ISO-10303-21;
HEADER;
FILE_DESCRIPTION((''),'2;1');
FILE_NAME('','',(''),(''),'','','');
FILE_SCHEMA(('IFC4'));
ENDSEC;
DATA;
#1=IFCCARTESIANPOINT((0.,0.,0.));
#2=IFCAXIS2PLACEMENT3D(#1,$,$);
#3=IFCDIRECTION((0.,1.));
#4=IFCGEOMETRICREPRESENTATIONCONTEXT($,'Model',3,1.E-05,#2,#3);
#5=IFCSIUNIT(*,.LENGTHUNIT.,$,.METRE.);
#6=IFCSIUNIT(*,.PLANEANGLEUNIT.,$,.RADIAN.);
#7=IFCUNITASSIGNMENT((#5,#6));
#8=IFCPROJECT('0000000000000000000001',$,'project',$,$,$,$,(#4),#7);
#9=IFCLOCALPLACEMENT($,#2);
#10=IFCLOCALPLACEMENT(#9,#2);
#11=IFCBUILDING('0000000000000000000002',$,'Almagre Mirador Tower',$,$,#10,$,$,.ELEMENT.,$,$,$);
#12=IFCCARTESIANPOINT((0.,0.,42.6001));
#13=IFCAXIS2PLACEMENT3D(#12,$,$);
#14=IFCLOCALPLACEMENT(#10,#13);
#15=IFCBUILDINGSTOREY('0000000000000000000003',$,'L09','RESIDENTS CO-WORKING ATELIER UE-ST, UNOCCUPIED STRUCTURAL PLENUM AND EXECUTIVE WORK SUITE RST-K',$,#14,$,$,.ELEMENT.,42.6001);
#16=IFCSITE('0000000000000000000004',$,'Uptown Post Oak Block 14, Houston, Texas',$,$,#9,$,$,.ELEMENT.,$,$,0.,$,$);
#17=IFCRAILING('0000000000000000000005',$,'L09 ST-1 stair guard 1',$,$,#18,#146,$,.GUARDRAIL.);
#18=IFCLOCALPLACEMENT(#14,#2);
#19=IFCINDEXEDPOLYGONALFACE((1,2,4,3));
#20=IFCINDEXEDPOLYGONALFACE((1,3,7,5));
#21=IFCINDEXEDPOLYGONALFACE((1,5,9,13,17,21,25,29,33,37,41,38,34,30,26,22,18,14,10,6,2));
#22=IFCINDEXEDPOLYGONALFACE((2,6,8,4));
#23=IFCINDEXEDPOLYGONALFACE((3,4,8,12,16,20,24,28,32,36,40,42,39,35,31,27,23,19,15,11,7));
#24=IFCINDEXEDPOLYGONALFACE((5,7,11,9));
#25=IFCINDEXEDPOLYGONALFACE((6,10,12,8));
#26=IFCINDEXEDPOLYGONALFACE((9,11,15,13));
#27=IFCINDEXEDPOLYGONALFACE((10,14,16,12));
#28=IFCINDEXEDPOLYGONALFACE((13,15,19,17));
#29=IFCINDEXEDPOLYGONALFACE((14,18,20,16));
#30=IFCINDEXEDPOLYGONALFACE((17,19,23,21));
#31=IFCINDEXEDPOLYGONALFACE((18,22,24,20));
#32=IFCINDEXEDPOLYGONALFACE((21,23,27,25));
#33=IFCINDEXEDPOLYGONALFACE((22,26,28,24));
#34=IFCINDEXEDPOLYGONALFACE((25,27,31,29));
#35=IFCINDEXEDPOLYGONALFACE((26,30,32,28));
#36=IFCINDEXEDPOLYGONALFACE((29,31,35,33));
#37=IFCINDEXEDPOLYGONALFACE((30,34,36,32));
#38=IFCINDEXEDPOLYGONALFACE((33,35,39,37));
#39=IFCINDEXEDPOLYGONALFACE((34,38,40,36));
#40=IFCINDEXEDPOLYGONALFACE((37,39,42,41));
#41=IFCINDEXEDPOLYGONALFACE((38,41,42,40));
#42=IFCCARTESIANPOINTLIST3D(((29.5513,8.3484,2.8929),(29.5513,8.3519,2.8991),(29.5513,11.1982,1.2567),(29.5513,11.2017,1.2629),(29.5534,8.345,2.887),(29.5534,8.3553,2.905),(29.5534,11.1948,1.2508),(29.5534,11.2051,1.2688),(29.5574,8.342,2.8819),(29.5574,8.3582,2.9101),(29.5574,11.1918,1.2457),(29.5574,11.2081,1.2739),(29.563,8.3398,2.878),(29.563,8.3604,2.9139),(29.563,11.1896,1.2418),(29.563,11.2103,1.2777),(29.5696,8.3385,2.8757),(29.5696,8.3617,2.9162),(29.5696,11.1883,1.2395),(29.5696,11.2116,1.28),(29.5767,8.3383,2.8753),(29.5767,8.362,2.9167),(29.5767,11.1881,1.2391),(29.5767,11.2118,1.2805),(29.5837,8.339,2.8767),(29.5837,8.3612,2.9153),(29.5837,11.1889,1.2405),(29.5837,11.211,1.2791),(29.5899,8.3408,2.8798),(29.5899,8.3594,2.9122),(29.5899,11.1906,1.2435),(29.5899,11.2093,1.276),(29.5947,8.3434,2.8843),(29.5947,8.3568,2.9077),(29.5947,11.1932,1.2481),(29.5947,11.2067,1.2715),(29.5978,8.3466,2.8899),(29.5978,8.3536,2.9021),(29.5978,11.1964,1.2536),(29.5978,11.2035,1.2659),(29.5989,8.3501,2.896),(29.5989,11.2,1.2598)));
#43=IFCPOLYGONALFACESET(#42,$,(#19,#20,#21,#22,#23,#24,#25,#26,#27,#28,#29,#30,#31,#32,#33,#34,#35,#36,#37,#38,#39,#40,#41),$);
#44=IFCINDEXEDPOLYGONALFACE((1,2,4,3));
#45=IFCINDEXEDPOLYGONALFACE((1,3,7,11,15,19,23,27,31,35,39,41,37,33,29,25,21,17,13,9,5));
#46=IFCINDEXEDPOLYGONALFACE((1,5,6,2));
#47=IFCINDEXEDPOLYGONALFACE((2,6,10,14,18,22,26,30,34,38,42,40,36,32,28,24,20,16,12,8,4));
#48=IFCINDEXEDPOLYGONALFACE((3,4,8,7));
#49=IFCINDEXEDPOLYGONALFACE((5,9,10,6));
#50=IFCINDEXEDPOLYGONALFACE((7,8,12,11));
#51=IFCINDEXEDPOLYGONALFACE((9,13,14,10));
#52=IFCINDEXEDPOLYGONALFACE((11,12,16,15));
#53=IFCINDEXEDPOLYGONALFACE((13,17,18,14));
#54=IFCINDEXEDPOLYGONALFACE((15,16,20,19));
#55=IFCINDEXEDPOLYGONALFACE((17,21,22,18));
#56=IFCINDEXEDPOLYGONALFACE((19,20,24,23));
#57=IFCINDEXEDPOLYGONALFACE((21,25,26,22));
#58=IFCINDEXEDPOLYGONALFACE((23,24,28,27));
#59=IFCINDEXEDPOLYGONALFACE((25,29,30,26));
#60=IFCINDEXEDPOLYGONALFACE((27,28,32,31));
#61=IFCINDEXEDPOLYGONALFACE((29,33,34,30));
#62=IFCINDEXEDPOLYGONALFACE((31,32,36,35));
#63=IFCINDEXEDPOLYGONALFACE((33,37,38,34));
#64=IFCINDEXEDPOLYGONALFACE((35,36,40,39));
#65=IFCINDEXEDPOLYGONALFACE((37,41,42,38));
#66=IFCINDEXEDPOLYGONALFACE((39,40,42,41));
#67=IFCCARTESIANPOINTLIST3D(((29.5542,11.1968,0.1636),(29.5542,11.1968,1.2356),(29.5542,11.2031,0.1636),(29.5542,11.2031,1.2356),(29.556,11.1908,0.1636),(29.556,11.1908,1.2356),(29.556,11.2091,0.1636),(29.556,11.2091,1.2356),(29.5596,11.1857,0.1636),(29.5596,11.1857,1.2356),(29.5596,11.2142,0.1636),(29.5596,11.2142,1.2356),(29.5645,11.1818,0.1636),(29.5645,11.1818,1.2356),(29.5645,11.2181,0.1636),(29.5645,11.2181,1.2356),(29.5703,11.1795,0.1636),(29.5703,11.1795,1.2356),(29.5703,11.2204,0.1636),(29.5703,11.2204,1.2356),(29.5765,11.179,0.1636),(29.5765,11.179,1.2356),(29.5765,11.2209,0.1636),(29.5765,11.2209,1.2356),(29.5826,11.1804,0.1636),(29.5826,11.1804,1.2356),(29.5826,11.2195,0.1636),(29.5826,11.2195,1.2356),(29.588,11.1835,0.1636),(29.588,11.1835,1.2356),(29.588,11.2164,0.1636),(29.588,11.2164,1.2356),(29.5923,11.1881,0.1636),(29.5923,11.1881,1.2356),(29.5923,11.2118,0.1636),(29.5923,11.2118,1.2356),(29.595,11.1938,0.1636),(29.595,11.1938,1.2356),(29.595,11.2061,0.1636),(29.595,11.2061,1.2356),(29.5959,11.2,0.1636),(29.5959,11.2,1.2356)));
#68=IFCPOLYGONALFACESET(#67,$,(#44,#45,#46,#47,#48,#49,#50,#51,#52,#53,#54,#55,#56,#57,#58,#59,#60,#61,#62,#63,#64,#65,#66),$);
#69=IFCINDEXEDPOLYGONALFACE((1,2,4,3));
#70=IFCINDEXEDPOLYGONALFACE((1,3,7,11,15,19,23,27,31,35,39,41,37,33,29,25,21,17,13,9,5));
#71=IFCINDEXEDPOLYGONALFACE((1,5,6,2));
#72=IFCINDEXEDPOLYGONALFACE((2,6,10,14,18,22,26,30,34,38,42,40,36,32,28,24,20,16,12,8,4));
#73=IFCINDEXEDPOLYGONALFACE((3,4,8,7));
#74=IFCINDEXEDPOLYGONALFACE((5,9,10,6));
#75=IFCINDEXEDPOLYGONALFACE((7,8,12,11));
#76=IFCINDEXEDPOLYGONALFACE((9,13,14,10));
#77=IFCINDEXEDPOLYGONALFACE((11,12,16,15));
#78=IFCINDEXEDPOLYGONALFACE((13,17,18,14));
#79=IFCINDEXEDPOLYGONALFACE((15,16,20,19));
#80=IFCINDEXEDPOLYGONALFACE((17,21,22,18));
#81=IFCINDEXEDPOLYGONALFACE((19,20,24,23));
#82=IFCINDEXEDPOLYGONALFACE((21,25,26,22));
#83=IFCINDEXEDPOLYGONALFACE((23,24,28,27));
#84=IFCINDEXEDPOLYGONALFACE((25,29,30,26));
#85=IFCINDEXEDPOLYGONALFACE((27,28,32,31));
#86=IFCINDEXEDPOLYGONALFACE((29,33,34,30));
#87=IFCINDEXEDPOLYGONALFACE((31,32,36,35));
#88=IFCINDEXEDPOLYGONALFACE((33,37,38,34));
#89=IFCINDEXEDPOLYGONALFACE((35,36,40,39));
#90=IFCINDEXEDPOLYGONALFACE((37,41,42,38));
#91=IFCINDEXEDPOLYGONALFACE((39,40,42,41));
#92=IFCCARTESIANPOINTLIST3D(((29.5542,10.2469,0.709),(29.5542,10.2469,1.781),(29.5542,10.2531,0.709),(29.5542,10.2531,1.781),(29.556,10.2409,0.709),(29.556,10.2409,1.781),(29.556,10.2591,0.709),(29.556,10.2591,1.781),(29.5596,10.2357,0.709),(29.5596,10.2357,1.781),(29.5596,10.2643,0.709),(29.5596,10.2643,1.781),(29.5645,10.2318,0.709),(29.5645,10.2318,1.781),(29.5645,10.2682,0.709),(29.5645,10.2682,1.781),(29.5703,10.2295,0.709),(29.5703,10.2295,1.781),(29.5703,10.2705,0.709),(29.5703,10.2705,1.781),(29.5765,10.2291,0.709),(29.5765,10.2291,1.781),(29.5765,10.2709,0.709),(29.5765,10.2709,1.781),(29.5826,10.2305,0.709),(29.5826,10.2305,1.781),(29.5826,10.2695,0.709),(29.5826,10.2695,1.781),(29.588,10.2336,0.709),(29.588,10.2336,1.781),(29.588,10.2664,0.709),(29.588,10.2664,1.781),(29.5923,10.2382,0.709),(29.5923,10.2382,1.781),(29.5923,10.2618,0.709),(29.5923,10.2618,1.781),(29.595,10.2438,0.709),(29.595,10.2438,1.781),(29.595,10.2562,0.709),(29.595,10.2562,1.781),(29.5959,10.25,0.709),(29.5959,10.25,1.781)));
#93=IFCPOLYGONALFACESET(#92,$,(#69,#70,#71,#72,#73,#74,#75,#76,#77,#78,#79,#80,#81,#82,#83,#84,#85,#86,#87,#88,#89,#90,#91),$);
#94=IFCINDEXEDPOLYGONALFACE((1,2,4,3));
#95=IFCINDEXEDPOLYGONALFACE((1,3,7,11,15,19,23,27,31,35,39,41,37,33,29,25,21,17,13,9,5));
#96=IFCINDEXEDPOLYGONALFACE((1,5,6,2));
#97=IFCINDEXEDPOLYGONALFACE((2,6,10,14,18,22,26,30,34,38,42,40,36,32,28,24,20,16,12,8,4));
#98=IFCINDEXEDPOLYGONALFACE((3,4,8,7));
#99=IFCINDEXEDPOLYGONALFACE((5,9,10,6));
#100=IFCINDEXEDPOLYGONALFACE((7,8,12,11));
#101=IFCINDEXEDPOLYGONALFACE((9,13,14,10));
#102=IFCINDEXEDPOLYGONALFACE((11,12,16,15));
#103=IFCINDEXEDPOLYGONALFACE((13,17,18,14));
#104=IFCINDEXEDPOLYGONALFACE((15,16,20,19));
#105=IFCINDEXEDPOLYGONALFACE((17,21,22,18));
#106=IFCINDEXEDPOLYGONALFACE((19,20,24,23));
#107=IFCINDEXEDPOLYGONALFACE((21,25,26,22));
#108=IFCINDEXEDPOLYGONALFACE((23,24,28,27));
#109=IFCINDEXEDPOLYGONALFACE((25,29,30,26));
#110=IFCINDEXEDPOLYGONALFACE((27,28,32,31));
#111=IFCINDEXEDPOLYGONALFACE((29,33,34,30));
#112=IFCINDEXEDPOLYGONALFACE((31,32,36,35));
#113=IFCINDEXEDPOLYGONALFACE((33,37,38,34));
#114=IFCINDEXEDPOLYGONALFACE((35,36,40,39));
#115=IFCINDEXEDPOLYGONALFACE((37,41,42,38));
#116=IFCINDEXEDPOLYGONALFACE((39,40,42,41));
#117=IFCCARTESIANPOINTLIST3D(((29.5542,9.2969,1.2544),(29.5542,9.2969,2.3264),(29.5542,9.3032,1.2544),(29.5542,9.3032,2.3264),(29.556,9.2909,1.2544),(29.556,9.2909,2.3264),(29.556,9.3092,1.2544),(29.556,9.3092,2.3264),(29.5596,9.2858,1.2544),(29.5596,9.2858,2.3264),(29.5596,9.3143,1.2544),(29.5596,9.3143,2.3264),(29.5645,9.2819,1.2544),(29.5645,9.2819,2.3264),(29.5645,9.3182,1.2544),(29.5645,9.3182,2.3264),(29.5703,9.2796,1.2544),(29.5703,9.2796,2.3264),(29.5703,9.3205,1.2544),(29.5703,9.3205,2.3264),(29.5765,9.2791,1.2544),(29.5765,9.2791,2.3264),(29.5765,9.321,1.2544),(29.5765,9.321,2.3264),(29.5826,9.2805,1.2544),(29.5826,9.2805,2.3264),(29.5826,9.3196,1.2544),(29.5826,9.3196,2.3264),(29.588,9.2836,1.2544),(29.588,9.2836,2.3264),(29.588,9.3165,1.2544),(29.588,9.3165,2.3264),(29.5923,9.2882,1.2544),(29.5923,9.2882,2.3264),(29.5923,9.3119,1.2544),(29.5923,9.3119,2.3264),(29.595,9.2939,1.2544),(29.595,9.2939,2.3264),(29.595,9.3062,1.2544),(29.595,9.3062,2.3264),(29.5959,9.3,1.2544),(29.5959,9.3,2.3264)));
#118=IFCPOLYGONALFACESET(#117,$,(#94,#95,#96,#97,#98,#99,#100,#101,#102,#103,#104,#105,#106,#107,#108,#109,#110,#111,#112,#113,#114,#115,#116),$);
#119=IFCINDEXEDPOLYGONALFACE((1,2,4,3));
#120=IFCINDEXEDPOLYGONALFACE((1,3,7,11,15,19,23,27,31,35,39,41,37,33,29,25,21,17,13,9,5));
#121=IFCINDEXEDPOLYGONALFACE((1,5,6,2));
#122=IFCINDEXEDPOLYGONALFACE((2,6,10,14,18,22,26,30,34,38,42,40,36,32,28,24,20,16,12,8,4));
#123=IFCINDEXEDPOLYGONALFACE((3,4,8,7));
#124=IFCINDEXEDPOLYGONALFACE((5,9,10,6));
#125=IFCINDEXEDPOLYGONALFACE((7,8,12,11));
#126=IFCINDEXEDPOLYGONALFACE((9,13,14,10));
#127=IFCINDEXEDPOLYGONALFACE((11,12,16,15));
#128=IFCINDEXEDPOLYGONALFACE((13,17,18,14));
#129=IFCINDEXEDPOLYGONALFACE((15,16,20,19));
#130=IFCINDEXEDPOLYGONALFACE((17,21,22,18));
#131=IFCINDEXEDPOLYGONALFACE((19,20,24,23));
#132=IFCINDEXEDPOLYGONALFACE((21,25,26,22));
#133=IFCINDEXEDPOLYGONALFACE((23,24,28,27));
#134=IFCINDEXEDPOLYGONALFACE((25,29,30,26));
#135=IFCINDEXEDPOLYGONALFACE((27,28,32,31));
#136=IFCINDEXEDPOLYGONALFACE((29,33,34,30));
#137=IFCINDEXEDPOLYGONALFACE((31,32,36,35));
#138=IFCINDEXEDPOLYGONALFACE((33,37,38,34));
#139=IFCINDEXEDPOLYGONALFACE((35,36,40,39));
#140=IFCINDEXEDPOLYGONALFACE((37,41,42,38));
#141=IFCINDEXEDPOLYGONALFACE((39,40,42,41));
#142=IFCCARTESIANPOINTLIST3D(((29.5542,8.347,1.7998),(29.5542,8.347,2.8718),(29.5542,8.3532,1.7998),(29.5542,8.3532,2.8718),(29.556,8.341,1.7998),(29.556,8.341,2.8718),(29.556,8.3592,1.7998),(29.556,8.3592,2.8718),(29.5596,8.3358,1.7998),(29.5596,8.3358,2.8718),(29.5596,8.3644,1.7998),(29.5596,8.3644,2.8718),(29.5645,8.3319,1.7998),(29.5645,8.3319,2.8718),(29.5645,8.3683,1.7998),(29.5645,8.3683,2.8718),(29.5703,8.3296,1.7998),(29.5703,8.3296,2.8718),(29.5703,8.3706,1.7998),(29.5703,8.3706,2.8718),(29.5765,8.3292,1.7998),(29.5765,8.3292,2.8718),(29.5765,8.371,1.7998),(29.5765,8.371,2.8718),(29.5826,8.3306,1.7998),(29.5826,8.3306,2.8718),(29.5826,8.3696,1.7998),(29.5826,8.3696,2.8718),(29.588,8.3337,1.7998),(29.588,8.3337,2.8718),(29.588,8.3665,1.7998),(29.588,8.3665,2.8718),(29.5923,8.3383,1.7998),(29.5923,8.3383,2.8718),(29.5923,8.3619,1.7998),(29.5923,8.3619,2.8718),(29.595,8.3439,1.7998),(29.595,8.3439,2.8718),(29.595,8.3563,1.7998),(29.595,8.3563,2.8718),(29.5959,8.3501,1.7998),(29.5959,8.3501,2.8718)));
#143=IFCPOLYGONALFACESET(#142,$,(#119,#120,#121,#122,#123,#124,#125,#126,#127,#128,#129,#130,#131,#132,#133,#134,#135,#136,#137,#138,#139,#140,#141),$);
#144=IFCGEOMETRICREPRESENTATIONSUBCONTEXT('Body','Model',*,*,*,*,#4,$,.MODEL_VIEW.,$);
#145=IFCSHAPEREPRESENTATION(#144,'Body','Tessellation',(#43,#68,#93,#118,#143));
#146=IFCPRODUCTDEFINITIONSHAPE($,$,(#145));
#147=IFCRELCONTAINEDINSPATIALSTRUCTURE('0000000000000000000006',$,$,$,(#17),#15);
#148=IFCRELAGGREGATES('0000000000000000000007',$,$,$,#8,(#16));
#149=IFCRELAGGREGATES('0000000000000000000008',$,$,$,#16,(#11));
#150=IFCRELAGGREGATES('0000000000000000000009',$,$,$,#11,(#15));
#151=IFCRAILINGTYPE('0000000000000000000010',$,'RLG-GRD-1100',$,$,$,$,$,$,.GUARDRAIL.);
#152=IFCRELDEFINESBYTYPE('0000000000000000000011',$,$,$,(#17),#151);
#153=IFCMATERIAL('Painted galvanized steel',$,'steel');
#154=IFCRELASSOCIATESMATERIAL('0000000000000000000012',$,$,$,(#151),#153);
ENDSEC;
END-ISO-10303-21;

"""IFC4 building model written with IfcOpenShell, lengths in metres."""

from ifc_helpers import new_model, si_unit, direction, frame, origin, origin_2d, place, context, subcontext, project, spatial, circle, extrude, material, type_object, element, save


model = new_model("IFC4")

# Units and contexts
model_context = context("Model", 3, precision=1e-05, world=origin(), true_north=direction((0.0, 1.0)))
body_context = subcontext(model_context, "Body", "Model", "MODEL_VIEW")
ifc_project = project(units=[si_unit("LENGTHUNIT", "METRE"), si_unit("PLANEANGLEUNIT", "RADIAN")], contexts=[model_context])

# Site, building, storey
site_placement = place(None, origin())
site = spatial("IfcSite", under=ifc_project, at=site_placement, Name="Uptown Post Oak Block 14, Houston, Texas", CompositionType="ELEMENT", RefElevation=0.0)
building_placement = place(site_placement, origin())
building = spatial("IfcBuilding", under=site, at=building_placement, Name="Almagre Mirador Tower", CompositionType="ELEMENT")
storey_placement = place(building_placement, frame((0.0, 0.0, 42.6001)))
storey = spatial("IfcBuildingStorey", under=building, at=storey_placement, Name="L09", Description="RESIDENTS CO-WORKING ATELIER UE-ST, UNOCCUPIED STRUCTURAL PLENUM AND EXECUTIVE WORK SUITE RST-K", CompositionType="ELEMENT", Elevation=42.6001)

# Railing
ifc_material_1 = material(Name="Painted galvanized steel", Category="steel")
railing_type_1 = type_object("IfcRailingType", Name="RLG-GRD-1100", PredefinedType="GUARDRAIL", material=ifc_material_1)
railing_1_placement = place(storey_placement, frame((29.575, 11.2, 0.1636)))
element("IfcRailing", 1, at=railing_1_placement, inside=storey, type_object=railing_type_1, Name="L09 ST-1 stair guard 1", PredefinedType="GUARDRAIL", context=body_context, shape_type="SweptSolid", body=[
    extrude(circle(Radius=0.0239, at=origin_2d()), frame((0.0, 0.0, 1.0962), z_axis=(0.0, -0.867226, 0.497914), x_axis=(1.0, 0.0, 0.0)), (0.0, 0.0, 1.0), 3.2861),
    extrude(circle(Radius=0.021, at=origin_2d()), origin(), (0.0, 0.0, 1.0), 1.072),
    extrude(circle(Radius=0.021, at=origin_2d()), frame((0.0, -0.95, 0.5454)), (0.0, 0.0, 1.0), 1.072),
    extrude(circle(Radius=0.021, at=origin_2d()), frame((0.0, -1.8999, 1.0908)), (0.0, 0.0, 1.0), 1.072),
    extrude(circle(Radius=0.021, at=origin_2d()), frame((0.0, -2.8499, 1.6362)), (0.0, 0.0, 1.0), 1.072),
])

save(model, "model.ifc")
